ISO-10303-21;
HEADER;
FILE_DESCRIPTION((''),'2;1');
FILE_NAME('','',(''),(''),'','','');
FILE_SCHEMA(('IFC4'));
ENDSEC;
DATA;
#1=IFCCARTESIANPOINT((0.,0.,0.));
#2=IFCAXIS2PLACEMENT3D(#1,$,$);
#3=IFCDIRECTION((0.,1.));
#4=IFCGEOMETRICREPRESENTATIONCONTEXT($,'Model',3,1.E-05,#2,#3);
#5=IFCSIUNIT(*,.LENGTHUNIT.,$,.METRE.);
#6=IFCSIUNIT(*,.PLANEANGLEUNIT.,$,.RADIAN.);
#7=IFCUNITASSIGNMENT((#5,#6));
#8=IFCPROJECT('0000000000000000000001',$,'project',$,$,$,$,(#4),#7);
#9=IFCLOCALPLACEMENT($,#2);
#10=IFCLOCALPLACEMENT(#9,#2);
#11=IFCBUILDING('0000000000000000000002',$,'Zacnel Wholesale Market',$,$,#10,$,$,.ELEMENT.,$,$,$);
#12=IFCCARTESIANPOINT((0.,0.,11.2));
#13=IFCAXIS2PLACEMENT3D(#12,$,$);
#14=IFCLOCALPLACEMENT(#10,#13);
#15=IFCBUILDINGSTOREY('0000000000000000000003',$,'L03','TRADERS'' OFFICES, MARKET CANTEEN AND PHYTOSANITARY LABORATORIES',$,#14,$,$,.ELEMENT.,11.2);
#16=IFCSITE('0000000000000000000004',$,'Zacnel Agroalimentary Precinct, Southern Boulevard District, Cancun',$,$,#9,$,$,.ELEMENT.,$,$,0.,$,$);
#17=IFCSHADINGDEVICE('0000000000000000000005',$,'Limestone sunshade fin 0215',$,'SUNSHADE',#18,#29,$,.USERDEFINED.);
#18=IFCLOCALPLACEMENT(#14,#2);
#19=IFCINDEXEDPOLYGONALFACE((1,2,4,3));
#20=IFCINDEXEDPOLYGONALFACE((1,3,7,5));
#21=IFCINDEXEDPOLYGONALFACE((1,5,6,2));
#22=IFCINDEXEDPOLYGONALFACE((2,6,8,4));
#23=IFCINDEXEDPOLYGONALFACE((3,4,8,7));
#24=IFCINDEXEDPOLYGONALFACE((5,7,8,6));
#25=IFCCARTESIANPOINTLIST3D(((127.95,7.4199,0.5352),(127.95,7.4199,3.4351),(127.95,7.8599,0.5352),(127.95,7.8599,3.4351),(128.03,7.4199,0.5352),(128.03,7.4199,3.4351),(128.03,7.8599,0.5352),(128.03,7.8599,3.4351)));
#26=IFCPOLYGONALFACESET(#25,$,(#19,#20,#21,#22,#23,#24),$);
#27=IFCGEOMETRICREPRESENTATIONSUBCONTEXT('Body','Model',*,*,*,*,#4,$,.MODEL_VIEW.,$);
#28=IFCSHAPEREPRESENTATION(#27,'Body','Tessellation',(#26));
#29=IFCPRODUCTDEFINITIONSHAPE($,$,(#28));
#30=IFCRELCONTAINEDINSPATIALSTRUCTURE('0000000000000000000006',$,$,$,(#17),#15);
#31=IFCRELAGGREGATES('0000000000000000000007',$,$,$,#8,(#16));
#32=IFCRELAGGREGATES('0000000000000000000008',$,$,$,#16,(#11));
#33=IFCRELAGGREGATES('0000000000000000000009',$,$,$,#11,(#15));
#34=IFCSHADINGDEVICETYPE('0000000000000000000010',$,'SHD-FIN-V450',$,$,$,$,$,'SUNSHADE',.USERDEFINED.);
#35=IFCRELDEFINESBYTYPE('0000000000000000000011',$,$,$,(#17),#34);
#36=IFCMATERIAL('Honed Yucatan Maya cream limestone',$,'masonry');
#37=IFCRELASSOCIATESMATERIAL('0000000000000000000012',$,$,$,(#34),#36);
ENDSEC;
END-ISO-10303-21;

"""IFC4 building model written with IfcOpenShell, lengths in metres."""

from ifc_helpers import new_model, si_unit, direction, frame, origin, origin_2d, place, context, subcontext, project, spatial, rectangle, extrude, material, type_object, element, save


model = new_model("IFC4")

# Units and contexts
model_context = context("Model", 3, precision=1e-05, world=origin(), true_north=direction((0.0, 1.0)))
body_context = subcontext(model_context, "Body", "Model", "MODEL_VIEW")
ifc_project = project(units=[si_unit("LENGTHUNIT", "METRE"), si_unit("PLANEANGLEUNIT", "RADIAN")], contexts=[model_context])

# Site, building, storey
site_placement = place(None, origin())
site = spatial("IfcSite", under=ifc_project, at=site_placement, Name="Zacnel Agroalimentary Precinct, Southern Boulevard District, Cancun", CompositionType="ELEMENT", RefElevation=0.0)
building_placement = place(site_placement, origin())
building = spatial("IfcBuilding", under=site, at=building_placement, Name="Zacnel Wholesale Market", CompositionType="ELEMENT")
storey_placement = place(building_placement, frame((0.0, 0.0, 11.2)))
storey = spatial("IfcBuildingStorey", under=building, at=storey_placement, Name="L03", Description="TRADERS' OFFICES, MARKET CANTEEN AND PHYTOSANITARY LABORATORIES", CompositionType="ELEMENT", Elevation=11.2)

# Shading device
ifc_material_1 = material(Name="Honed Yucatan Maya cream limestone", Category="masonry")
shading_device_type = type_object("IfcShadingDeviceType", Name="SHD-FIN-V450", ElementType="SUNSHADE", PredefinedType="USERDEFINED", material=ifc_material_1)
for number, where, z_axis, x_axis, name in (
    (1, (127.99, 7.6399, 0.5352), (0.0, 0.0, 1.0), (1.0, 0.0, 0.0), "Limestone sunshade fin 0215"),
):
    element("IfcShadingDevice", number, at=place(storey_placement, frame(where, z_axis=z_axis, x_axis=x_axis)), inside=storey, type_object=shading_device_type, Name=name, ObjectType="SUNSHADE", PredefinedType="USERDEFINED", context=body_context, shape_type="SweptSolid", body=[
        extrude(rectangle(XDim=0.0801, YDim=0.4399, at=origin_2d()), origin(), (0.0, 0.0, 1.0), 2.8999),
    ])

save(model, "model.ifc")
